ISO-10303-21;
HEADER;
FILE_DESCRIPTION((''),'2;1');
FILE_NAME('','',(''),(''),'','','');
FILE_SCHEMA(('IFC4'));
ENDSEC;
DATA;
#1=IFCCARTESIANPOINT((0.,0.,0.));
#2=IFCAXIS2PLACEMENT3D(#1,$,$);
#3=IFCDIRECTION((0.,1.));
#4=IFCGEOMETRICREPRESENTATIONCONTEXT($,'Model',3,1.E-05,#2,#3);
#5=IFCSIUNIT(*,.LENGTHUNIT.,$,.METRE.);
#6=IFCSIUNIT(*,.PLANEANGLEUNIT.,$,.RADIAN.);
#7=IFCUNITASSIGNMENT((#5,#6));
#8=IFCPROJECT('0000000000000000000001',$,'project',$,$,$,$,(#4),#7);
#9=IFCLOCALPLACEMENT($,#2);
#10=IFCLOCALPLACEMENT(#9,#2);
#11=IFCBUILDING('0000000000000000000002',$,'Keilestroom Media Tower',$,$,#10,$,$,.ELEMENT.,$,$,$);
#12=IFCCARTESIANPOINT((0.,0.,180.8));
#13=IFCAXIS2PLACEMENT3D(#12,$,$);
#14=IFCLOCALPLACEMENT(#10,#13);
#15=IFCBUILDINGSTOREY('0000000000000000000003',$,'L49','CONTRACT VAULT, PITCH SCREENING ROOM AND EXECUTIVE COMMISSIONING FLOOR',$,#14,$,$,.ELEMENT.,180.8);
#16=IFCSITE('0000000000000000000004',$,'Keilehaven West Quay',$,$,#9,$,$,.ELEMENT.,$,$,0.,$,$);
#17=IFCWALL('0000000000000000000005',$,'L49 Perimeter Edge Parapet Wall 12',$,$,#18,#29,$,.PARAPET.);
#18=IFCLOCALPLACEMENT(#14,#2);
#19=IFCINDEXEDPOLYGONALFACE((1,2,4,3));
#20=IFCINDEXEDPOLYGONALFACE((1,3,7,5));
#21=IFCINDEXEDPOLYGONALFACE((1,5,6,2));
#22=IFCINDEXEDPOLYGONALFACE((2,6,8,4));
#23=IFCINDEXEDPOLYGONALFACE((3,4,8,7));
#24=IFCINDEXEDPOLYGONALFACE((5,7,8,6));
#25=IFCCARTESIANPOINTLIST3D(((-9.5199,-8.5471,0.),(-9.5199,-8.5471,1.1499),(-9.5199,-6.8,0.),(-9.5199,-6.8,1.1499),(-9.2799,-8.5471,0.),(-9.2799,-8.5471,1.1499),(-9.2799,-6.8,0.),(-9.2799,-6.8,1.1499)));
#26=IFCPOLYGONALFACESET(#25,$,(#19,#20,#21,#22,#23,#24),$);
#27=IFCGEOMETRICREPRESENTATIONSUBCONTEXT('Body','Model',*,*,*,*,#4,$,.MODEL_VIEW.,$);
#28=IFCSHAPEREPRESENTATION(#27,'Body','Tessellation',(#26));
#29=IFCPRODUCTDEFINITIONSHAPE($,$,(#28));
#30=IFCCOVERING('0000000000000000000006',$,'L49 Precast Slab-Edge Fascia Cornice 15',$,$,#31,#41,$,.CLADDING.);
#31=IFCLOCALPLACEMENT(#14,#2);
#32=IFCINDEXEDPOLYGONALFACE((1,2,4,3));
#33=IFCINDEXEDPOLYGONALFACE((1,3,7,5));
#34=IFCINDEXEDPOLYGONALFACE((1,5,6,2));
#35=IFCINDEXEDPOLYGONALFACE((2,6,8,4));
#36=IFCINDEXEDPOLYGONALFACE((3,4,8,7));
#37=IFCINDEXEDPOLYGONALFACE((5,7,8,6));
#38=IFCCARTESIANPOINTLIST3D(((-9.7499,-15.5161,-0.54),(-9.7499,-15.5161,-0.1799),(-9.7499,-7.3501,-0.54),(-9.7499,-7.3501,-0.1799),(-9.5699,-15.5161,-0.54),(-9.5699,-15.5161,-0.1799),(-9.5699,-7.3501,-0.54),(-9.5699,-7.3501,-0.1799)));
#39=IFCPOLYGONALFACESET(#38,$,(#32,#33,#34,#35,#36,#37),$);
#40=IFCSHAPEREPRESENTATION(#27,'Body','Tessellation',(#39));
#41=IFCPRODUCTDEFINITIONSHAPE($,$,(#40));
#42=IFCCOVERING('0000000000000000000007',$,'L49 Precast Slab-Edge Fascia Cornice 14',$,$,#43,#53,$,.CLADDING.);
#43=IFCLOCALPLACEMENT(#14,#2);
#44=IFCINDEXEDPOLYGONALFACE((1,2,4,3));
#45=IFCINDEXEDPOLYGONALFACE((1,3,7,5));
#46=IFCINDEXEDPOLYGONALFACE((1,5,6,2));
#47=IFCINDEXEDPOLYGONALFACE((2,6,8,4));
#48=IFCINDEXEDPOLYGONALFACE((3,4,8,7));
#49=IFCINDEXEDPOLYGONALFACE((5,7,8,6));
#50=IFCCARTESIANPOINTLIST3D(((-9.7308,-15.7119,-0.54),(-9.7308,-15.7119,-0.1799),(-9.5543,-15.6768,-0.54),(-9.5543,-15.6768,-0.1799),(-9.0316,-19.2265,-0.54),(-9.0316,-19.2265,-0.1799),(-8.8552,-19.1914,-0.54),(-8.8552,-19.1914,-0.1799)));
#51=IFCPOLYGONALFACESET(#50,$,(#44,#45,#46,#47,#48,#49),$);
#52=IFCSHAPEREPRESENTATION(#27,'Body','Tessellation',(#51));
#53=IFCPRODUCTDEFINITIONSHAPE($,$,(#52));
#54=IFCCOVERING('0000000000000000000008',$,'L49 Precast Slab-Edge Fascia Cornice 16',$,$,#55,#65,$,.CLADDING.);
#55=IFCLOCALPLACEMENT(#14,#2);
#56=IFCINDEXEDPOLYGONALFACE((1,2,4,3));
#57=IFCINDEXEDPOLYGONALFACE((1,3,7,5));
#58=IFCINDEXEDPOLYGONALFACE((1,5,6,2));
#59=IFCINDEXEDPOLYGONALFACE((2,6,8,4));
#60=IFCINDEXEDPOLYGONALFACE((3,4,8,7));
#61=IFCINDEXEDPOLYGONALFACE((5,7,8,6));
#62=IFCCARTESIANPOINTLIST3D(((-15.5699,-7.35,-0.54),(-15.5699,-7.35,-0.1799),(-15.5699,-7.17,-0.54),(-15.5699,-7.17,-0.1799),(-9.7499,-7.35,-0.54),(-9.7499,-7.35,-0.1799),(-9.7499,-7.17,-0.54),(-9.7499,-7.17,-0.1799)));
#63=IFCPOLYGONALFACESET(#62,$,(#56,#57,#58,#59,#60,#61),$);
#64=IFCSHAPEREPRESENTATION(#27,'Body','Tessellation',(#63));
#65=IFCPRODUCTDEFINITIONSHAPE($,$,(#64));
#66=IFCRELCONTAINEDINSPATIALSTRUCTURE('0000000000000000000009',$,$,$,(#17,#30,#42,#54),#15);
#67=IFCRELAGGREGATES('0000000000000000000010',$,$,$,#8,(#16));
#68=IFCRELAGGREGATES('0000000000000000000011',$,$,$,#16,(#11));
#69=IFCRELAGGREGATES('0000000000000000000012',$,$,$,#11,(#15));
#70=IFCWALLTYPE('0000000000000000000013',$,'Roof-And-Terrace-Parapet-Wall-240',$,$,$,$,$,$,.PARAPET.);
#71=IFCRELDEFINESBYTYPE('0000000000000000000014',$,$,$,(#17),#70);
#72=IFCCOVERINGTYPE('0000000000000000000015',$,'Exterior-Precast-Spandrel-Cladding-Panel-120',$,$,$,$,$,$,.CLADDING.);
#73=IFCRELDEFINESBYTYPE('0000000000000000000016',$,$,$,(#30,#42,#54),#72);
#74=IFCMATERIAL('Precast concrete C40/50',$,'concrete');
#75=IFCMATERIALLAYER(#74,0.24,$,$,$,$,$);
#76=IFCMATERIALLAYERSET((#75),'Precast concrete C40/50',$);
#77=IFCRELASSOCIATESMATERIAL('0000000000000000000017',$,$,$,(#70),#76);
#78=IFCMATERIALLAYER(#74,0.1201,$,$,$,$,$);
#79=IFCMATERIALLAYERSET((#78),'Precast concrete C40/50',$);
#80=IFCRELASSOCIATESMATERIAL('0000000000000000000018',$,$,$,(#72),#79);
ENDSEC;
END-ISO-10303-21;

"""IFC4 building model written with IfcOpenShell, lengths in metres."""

from ifc_helpers import new_model, si_unit, direction, frame, frame_2d, origin, origin_2d, place, context, subcontext, project, spatial, rectangle, extrude, source, transform, mapped, material, layer, layer_set, type_object, element, save


model = new_model("IFC4")

# Units and contexts
model_context = context("Model", 3, precision=1e-05, world=origin(), true_north=direction((0.0, 1.0)))
body_context = subcontext(model_context, "Body", "Model", "MODEL_VIEW")
ifc_project = project(units=[si_unit("LENGTHUNIT", "METRE"), si_unit("PLANEANGLEUNIT", "RADIAN")], contexts=[model_context])

# Site, building, storey
site_placement = place(None, origin())
site = spatial("IfcSite", under=ifc_project, at=site_placement, Name="Keilehaven West Quay", CompositionType="ELEMENT", RefElevation=0.0)
building_placement = place(site_placement, origin())
building = spatial("IfcBuilding", under=site, at=building_placement, Name="Keilestroom Media Tower", CompositionType="ELEMENT")
storey_placement = place(building_placement, frame((0.0, 0.0, 180.8)))
storey = spatial("IfcBuildingStorey", under=building, at=storey_placement, Name="L49", Description="CONTRACT VAULT, PITCH SCREENING ROOM AND EXECUTIVE COMMISSIONING FLOOR", CompositionType="ELEMENT", Elevation=180.8)

# Shared definitions
ifc_material_1 = material(Name="Precast concrete C40/50", Category="concrete")

# Wall
ifc_layer_1 = layer(ifc_material_1, 0.24)
ifc_layer_set_1 = layer_set([ifc_layer_1], Name="Precast concrete C40/50")
wall_type_1 = type_object("IfcWallType", Name="Roof-And-Terrace-Parapet-Wall-240", PredefinedType="PARAPET", material=ifc_layer_set_1)
wall_1_placement = place(storey_placement, frame((-9.3999, -8.5471, 0.0), z_axis=(0.0, 0.0, 1.0), x_axis=(0.0, 1.0, 0.0)))
element("IfcWall", 1, at=wall_1_placement, inside=storey, type_object=wall_type_1, Name="L49 Perimeter Edge Parapet Wall 12", PredefinedType="PARAPET", context=body_context, shape_type="SweptSolid", body=[
    extrude(rectangle(XDim=1.7471, YDim=0.24, at=frame_2d((0.8735, 0.0))), origin(), (0.0, 0.0, 1.0), 1.1499),
])

# Coverings
ifc_layer_2 = layer(ifc_material_1, 0.1201)
ifc_layer_set_2 = layer_set([ifc_layer_2], Name="Precast concrete C40/50")
covering_type = type_object("IfcCoveringType", Name="Exterior-Precast-Spandrel-Cladding-Panel-120", PredefinedType="CLADDING", material=ifc_layer_set_2)
shared_shape_1 = source(origin(), body_context, "Body", "SweptSolid", [
    extrude(rectangle(XDim=8.166, YDim=0.1799, at=origin_2d()), origin(), (0.0, 0.0, 1.0), 0.3601),
])
covering_1_placement = place(storey_placement, frame((-9.6599, -11.4331, -0.54), z_axis=(0.0, 0.0, 1.0), x_axis=(0.0, 1.0, 0.0)))
element("IfcCovering", 2, at=covering_1_placement, inside=storey, type_object=covering_type, Name="L49 Precast Slab-Edge Fascia Cornice 15", PredefinedType="CLADDING", context=body_context, shape_type="MappedRepresentation", body=[
    mapped(shared_shape_1, transform((0.0, 0.0, 0.0), x_axis=(1.0, 0.0, 0.0), y_axis=(0.0, 1.0, 0.0), z_axis=(0.0, 0.0, 1.0), scale=1.0)),
])
shared_shape_2 = source(origin(), body_context, "Body", "SweptSolid", [
    extrude(rectangle(XDim=3.5835, YDim=0.1799, at=origin_2d()), origin(), (0.0, 0.0, 1.0), 0.3601),
])
covering_2_placement = place(storey_placement, frame((-9.293, -17.4517, -0.54), z_axis=(0.0, 0.0, 1.0), x_axis=(-0.195099, 0.980784, 0.0)))
element("IfcCovering", 3, at=covering_2_placement, inside=storey, type_object=covering_type, Name="L49 Precast Slab-Edge Fascia Cornice 14", PredefinedType="CLADDING", context=body_context, shape_type="MappedRepresentation", body=[
    mapped(shared_shape_2, transform((0.0, 0.0, 0.0), x_axis=(1.0, 0.0, 0.0), y_axis=(0.0, 1.0, 0.0), z_axis=(0.0, 0.0, 1.0), scale=1.0)),
])
shared_shape_3 = source(origin(), body_context, "Body", "SweptSolid", [
    extrude(rectangle(XDim=5.8201, YDim=0.1799, at=origin_2d()), origin(), (0.0, 0.0, 1.0), 0.3601),
])
covering_3_placement = place(storey_placement, frame((-12.6599, -7.26, -0.54), z_axis=(0.0, 0.0, 1.0), x_axis=(-1.0, 0.0, 0.0)))
element("IfcCovering", 4, at=covering_3_placement, inside=storey, type_object=covering_type, Name="L49 Precast Slab-Edge Fascia Cornice 16", PredefinedType="CLADDING", context=body_context, shape_type="MappedRepresentation", body=[
    mapped(shared_shape_3, transform((0.0, 0.0, 0.0), x_axis=(1.0, 0.0, 0.0), y_axis=(0.0, 1.0, 0.0), z_axis=(0.0, 0.0, 1.0), scale=1.0)),
])

save(model, "model.ifc")
